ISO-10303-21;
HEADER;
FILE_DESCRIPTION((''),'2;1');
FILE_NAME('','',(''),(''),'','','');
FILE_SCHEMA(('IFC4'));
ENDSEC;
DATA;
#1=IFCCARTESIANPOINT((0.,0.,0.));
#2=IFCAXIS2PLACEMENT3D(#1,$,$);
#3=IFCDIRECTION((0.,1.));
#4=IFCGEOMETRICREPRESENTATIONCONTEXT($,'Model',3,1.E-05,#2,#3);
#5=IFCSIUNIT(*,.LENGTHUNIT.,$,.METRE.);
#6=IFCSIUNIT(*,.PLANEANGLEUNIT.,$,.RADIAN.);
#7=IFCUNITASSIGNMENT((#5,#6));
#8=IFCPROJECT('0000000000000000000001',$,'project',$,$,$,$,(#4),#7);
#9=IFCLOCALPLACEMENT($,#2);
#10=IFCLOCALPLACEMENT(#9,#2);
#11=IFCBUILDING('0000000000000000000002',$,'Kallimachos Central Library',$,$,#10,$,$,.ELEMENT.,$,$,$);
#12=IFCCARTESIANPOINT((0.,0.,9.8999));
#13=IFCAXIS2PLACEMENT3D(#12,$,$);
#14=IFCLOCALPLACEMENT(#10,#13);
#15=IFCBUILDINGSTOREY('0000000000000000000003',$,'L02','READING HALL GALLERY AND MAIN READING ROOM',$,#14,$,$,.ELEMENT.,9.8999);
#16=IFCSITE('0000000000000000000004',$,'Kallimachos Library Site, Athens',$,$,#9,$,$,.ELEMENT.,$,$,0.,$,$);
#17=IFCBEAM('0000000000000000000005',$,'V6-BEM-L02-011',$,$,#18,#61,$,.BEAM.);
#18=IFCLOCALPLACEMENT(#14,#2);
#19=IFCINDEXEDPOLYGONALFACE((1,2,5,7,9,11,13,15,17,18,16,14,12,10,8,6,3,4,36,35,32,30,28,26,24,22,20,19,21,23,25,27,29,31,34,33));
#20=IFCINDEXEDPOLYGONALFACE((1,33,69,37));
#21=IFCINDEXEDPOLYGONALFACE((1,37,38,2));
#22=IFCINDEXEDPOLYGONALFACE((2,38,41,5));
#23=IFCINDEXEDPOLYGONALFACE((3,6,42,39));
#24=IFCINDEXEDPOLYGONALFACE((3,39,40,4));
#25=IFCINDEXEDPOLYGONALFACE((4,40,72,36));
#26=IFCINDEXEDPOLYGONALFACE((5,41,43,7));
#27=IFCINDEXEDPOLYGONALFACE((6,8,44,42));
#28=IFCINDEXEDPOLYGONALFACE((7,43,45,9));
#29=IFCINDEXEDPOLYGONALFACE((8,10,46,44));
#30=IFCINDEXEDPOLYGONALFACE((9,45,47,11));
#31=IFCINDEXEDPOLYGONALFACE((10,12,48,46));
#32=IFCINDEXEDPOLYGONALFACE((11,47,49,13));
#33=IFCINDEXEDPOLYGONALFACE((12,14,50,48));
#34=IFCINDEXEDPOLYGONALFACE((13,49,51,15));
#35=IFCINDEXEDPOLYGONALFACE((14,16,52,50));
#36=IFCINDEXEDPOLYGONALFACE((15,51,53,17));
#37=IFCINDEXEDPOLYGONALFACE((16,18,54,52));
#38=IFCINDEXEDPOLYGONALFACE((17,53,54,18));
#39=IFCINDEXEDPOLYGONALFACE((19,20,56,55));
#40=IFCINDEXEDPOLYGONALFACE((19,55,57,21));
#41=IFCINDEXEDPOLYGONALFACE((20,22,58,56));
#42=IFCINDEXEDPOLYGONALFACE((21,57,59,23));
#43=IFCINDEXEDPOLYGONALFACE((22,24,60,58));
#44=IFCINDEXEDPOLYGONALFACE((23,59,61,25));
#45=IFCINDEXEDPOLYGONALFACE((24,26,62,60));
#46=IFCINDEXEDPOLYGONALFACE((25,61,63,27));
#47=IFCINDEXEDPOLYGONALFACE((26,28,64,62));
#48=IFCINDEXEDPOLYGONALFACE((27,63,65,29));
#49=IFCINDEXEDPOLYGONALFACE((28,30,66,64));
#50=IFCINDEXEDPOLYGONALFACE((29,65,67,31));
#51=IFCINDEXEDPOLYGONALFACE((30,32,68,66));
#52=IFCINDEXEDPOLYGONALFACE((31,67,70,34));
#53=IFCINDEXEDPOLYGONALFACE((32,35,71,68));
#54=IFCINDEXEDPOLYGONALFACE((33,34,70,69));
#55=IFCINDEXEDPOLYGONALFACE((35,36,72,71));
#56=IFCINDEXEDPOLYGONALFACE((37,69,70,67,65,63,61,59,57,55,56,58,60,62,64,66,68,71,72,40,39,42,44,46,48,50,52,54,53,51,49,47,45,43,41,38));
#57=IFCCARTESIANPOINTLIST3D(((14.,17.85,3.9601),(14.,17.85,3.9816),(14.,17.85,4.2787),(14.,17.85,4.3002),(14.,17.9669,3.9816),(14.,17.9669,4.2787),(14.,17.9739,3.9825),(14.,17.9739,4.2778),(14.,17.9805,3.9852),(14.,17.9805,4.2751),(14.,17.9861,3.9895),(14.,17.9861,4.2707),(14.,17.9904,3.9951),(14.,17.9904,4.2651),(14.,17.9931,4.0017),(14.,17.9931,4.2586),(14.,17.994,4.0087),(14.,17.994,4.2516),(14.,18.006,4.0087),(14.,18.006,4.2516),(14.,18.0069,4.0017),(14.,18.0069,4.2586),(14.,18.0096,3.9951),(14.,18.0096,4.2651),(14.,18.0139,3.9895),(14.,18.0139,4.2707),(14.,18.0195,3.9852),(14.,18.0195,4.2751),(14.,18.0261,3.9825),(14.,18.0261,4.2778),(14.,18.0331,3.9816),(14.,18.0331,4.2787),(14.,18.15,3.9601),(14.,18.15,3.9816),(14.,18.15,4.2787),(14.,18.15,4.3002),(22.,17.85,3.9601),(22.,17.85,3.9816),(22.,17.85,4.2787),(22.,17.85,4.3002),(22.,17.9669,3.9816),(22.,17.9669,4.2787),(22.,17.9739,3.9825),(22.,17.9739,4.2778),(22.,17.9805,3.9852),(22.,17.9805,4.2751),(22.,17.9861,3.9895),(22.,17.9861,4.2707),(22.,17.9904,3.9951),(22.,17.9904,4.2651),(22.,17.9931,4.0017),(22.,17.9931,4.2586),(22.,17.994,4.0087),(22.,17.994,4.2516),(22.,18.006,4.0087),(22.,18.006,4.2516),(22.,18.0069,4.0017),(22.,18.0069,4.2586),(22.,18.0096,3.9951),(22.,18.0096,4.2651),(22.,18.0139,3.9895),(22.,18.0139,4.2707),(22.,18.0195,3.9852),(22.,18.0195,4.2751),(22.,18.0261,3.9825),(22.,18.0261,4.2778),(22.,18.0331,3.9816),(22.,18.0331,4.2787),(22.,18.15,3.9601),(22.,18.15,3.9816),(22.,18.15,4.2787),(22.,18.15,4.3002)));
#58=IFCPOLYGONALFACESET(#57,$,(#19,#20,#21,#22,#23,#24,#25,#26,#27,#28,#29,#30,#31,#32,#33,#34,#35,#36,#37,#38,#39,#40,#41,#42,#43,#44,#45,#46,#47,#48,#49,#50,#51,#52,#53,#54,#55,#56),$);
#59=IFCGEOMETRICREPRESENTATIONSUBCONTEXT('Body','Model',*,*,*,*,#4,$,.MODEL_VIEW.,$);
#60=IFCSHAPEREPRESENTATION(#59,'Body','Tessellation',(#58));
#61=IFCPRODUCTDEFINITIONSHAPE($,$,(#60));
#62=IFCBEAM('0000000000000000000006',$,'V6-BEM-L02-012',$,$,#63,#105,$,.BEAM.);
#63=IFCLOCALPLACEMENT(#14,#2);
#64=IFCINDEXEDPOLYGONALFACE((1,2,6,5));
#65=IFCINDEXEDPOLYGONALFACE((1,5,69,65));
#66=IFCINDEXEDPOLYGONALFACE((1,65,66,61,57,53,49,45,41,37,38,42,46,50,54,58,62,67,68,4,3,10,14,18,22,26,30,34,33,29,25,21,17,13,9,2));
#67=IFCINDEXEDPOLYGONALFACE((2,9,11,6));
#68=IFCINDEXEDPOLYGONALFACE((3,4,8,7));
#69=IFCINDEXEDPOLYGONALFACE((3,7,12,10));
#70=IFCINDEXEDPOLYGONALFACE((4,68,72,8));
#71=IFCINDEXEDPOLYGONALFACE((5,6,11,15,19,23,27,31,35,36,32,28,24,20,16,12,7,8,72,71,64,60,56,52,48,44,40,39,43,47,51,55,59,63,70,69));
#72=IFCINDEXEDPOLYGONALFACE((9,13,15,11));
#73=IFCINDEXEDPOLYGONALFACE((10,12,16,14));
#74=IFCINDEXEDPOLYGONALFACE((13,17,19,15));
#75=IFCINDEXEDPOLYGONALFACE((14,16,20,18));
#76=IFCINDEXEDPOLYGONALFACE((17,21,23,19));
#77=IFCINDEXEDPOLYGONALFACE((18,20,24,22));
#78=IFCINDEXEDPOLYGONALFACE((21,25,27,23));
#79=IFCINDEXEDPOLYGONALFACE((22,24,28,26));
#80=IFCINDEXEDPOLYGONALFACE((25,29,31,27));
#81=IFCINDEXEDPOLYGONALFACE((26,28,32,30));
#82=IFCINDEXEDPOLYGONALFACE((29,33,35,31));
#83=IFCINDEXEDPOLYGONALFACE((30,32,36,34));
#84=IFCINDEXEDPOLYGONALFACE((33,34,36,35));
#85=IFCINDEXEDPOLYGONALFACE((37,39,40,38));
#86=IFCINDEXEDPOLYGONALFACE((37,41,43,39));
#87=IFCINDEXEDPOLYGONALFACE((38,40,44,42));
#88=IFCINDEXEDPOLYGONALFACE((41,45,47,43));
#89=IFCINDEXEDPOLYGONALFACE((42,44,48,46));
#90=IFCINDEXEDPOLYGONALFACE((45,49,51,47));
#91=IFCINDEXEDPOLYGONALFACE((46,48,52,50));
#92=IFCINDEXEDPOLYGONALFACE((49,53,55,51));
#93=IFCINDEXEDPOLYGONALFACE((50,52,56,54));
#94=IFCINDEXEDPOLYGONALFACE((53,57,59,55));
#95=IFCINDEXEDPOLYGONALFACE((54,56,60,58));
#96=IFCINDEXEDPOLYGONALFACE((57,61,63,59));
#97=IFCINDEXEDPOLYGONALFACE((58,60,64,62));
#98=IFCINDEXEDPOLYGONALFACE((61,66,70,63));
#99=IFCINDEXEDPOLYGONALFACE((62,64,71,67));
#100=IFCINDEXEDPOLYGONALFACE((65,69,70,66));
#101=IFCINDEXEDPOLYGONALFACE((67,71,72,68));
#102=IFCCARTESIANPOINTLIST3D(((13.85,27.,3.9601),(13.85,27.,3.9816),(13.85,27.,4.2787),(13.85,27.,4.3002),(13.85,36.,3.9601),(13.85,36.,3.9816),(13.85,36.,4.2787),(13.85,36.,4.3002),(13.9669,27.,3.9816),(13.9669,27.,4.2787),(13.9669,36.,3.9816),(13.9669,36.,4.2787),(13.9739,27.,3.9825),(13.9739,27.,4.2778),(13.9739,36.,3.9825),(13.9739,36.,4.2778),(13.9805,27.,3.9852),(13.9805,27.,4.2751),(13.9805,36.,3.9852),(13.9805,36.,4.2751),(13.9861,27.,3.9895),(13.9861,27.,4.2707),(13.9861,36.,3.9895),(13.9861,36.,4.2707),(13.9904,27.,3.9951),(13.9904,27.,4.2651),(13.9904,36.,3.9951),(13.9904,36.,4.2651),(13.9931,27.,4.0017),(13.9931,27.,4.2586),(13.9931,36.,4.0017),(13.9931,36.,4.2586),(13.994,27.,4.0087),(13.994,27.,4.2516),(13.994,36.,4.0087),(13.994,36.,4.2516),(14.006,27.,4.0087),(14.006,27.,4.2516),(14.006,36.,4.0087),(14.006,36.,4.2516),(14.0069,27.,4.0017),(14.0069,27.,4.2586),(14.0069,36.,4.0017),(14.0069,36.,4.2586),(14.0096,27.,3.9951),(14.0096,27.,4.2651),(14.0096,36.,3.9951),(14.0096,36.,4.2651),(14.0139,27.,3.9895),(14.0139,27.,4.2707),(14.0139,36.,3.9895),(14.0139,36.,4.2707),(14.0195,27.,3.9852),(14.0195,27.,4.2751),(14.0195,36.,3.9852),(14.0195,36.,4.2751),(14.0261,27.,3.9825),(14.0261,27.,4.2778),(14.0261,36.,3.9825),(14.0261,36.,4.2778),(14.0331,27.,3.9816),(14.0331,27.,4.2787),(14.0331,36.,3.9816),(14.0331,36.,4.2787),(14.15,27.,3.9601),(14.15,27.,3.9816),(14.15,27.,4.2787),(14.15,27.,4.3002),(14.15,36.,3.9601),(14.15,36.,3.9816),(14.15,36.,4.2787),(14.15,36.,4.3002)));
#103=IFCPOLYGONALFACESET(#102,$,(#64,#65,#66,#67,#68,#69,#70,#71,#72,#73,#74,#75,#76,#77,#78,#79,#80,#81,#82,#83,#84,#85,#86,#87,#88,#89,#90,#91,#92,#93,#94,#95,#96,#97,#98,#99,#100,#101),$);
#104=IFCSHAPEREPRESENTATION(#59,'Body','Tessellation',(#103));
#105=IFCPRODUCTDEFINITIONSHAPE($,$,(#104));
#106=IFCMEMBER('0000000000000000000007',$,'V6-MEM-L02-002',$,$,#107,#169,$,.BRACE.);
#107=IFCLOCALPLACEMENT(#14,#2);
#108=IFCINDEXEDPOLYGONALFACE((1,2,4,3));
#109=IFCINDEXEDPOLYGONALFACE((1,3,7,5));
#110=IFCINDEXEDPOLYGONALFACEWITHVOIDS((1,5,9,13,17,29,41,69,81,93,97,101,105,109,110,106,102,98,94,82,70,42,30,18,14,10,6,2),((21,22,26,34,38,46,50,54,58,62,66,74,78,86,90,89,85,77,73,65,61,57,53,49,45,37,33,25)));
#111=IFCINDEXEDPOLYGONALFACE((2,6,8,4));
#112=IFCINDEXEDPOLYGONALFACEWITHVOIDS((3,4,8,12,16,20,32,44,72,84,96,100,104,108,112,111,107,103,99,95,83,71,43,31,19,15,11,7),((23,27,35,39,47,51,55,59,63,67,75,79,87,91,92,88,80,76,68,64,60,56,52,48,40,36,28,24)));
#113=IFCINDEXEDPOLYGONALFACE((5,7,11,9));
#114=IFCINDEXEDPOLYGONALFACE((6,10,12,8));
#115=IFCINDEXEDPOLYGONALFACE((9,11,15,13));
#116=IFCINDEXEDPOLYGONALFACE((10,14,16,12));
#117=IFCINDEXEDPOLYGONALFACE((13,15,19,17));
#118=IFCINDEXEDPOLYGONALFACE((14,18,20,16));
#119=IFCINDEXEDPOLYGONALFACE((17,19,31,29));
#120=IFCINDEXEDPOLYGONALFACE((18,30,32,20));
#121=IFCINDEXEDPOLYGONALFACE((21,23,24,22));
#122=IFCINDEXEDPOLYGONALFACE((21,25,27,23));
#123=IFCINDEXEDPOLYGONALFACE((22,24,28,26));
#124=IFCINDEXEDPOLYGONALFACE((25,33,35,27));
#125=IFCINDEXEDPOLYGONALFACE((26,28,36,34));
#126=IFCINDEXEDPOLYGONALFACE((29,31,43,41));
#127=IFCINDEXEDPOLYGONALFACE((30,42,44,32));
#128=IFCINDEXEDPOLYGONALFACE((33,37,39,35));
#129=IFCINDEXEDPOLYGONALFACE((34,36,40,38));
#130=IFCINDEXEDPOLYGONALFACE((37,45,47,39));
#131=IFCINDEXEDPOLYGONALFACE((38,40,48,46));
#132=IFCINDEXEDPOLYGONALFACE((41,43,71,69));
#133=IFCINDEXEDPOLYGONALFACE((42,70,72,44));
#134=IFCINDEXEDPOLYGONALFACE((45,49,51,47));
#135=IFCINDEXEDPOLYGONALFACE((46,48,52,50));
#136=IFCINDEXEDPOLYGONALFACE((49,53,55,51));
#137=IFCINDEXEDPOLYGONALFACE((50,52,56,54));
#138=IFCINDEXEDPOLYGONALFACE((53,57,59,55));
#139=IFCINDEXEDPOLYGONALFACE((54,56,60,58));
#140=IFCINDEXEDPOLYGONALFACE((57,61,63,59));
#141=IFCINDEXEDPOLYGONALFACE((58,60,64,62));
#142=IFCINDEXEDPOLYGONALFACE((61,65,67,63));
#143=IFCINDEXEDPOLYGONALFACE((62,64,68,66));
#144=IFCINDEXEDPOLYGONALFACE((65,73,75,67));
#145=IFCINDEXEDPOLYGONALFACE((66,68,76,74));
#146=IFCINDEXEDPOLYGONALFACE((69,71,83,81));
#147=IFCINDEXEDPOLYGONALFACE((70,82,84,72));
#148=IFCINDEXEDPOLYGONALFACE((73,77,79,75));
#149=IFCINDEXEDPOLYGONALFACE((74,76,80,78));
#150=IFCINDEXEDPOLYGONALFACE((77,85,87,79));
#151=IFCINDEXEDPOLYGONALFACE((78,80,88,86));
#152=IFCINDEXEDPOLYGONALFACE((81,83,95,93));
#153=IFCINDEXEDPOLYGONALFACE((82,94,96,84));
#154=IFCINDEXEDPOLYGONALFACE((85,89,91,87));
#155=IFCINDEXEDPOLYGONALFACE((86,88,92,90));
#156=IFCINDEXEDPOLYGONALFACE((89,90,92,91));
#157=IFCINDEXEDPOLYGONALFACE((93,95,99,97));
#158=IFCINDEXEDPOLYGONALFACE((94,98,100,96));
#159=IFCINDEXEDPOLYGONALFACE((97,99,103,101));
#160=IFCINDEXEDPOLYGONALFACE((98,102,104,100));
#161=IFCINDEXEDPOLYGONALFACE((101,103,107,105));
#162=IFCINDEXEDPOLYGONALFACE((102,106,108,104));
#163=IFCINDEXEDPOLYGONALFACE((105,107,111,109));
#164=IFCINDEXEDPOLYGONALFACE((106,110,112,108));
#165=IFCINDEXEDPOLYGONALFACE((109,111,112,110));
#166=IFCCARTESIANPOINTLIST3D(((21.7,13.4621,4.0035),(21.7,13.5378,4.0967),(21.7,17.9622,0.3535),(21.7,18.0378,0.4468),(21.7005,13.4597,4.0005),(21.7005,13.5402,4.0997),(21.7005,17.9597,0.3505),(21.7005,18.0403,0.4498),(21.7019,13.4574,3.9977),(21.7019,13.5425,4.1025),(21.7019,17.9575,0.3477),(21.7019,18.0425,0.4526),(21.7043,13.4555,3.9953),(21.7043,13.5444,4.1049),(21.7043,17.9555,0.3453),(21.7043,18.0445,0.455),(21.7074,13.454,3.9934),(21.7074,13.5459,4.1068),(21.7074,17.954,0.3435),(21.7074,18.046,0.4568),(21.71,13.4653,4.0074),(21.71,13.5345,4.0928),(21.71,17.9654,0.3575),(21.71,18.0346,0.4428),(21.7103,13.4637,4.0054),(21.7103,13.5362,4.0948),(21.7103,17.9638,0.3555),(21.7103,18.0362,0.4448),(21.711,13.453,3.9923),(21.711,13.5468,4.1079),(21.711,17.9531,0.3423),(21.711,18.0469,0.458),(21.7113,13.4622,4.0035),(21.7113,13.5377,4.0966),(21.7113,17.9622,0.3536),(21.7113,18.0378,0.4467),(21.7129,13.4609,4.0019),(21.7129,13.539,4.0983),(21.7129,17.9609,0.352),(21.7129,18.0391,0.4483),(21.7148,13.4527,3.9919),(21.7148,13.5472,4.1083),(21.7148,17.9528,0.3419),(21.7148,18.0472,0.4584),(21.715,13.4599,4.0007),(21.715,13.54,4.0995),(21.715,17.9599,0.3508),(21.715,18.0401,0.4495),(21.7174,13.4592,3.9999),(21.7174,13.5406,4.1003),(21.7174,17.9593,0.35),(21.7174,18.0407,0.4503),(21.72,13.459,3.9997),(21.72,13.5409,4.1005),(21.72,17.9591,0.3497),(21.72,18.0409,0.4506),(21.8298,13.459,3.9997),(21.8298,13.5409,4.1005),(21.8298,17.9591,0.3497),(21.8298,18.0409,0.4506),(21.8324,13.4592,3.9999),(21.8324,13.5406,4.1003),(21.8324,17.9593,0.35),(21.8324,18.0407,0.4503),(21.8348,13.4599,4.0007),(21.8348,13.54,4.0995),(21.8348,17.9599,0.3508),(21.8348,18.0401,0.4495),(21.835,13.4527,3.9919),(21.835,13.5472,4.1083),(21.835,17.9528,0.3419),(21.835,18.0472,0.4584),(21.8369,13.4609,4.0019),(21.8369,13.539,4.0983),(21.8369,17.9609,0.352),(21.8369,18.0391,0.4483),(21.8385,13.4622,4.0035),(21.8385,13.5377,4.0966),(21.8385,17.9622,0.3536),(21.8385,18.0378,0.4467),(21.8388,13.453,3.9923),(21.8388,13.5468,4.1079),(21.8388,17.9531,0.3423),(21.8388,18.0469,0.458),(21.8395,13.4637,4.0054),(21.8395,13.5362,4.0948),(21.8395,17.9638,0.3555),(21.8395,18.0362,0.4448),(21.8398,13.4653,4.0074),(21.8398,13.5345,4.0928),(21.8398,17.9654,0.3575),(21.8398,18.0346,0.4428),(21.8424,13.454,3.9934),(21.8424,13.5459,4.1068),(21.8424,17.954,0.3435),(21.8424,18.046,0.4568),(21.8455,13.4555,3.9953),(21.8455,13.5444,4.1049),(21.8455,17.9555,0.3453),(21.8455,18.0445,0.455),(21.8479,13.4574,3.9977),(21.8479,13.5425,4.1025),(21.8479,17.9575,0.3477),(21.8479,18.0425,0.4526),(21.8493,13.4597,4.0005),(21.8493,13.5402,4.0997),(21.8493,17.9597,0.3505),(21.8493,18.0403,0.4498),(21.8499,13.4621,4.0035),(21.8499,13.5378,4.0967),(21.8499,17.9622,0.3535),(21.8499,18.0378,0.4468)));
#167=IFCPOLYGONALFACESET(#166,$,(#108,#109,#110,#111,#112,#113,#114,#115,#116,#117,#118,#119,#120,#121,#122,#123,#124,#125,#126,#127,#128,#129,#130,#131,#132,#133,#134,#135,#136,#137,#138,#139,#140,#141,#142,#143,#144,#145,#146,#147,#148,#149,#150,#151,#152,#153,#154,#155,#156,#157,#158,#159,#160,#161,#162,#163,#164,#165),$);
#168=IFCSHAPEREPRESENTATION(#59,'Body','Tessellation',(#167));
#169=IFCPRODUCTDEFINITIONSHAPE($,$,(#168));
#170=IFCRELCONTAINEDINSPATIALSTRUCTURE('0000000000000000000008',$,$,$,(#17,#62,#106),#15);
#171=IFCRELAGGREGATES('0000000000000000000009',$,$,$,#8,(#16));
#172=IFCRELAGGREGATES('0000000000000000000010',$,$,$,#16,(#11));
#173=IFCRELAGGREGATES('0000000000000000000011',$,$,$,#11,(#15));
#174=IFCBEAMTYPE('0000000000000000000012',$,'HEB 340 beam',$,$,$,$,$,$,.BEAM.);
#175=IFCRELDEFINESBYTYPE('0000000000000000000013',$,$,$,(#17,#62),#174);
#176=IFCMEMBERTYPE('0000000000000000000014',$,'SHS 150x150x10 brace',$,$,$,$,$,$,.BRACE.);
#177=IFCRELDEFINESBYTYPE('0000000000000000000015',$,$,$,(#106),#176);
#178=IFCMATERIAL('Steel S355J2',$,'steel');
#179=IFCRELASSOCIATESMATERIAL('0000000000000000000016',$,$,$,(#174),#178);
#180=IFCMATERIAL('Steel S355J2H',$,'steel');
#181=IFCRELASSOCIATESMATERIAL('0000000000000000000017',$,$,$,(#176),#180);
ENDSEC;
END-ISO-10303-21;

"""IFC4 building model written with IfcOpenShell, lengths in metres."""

from ifc_helpers import new_model, si_unit, direction, frame, origin, origin_2d, place, context, subcontext, project, spatial, hollow_rectangle, i_section, extrude, material, material_profile, profile_set, type_object, element, save


model = new_model("IFC4")

# Units and contexts
model_context = context("Model", 3, precision=1e-05, world=origin(), true_north=direction((0.0, 1.0)))
body_context = subcontext(model_context, "Body", "Model", "MODEL_VIEW")
ifc_project = project(units=[si_unit("LENGTHUNIT", "METRE"), si_unit("PLANEANGLEUNIT", "RADIAN")], contexts=[model_context])

# Site, building, storey
site_placement = place(None, origin())
site = spatial("IfcSite", under=ifc_project, at=site_placement, Name="Kallimachos Library Site, Athens", CompositionType="ELEMENT", RefElevation=0.0)
building_placement = place(site_placement, origin())
building = spatial("IfcBuilding", under=site, at=building_placement, Name="Kallimachos Central Library", CompositionType="ELEMENT")
storey_placement = place(building_placement, frame((0.0, 0.0, 9.8999)))
storey = spatial("IfcBuildingStorey", under=building, at=storey_placement, Name="L02", Description="READING HALL GALLERY AND MAIN READING ROOM", CompositionType="ELEMENT", Elevation=9.8999)

# Beams
ifc_material_1 = material(Name="Steel S355J2", Category="steel")
ifc_material_profile_1 = material_profile(ifc_material_1, i_section(OverallWidth=0.3, OverallDepth=0.3401, WebThickness=0.012, FlangeThickness=0.0215, FilletRadius=0.0271, at=origin_2d()), Name="HEB 340")
ifc_profile_set_1 = profile_set([ifc_material_profile_1], Name="Steel S355J2")
beam_type = type_object("IfcBeamType", Name="HEB 340 beam", PredefinedType="BEAM", material=ifc_profile_set_1)
beam_1_placement = place(storey_placement, frame((14.0, 18.0, 4.1301), z_axis=(1.0, 0.0, 0.0), x_axis=(0.0, 1.0, 0.0)))
element("IfcBeam", 1, at=beam_1_placement, inside=storey, type_object=beam_type, Name="V6-BEM-L02-011", PredefinedType="BEAM", context=body_context, shape_type="SweptSolid", body=[
    extrude(i_section(OverallWidth=0.3, OverallDepth=0.3401, WebThickness=0.012, FlangeThickness=0.0215, FilletRadius=0.0271, at=origin_2d()), origin(), (0.0, 0.0, 1.0), 8.0),
])
beam_2_placement = place(storey_placement, frame((14.0, 27.0, 4.1301), z_axis=(0.0, 1.0, 0.0), x_axis=(-1.0, 0.0, 0.0)))
element("IfcBeam", 2, at=beam_2_placement, inside=storey, type_object=beam_type, Name="V6-BEM-L02-012", PredefinedType="BEAM", context=body_context, shape_type="SweptSolid", body=[
    extrude(i_section(OverallWidth=0.3, OverallDepth=0.3401, WebThickness=0.012, FlangeThickness=0.0215, FilletRadius=0.0271, at=origin_2d()), origin(), (0.0, 0.0, 1.0), 9.0),
])

# Member
ifc_material_2 = material(Name="Steel S355J2H", Category="steel")
ifc_material_profile_2 = material_profile(ifc_material_2, hollow_rectangle(XDim=0.1499, YDim=0.1499, WallThickness=0.01, InnerFilletRadius=0.01, OuterFilletRadius=0.0149, at=origin_2d()), Name="SHS 150x150x10")
ifc_profile_set_2 = profile_set([ifc_material_profile_2], Name="Steel S355J2H")
member_type = type_object("IfcMemberType", Name="SHS 150x150x10 brace", PredefinedType="BRACE", material=ifc_profile_set_2)
member_placement = place(storey_placement, frame((21.7749, 18.0, 0.4001), z_axis=(0.0, -0.77665, 0.629932), x_axis=(1.0, 0.0, 0.0)))
element("IfcMember", 3, at=member_placement, inside=storey, type_object=member_type, Name="V6-MEM-L02-002", PredefinedType="BRACE", context=body_context, shape_type="SweptSolid", body=[
    extrude(hollow_rectangle(XDim=0.1499, YDim=0.1499, WallThickness=0.01, InnerFilletRadius=0.01, OuterFilletRadius=0.0149, at=origin_2d()), origin(), (0.0, 0.0, 1.0), 5.7942),
])

save(model, "model.ifc")
